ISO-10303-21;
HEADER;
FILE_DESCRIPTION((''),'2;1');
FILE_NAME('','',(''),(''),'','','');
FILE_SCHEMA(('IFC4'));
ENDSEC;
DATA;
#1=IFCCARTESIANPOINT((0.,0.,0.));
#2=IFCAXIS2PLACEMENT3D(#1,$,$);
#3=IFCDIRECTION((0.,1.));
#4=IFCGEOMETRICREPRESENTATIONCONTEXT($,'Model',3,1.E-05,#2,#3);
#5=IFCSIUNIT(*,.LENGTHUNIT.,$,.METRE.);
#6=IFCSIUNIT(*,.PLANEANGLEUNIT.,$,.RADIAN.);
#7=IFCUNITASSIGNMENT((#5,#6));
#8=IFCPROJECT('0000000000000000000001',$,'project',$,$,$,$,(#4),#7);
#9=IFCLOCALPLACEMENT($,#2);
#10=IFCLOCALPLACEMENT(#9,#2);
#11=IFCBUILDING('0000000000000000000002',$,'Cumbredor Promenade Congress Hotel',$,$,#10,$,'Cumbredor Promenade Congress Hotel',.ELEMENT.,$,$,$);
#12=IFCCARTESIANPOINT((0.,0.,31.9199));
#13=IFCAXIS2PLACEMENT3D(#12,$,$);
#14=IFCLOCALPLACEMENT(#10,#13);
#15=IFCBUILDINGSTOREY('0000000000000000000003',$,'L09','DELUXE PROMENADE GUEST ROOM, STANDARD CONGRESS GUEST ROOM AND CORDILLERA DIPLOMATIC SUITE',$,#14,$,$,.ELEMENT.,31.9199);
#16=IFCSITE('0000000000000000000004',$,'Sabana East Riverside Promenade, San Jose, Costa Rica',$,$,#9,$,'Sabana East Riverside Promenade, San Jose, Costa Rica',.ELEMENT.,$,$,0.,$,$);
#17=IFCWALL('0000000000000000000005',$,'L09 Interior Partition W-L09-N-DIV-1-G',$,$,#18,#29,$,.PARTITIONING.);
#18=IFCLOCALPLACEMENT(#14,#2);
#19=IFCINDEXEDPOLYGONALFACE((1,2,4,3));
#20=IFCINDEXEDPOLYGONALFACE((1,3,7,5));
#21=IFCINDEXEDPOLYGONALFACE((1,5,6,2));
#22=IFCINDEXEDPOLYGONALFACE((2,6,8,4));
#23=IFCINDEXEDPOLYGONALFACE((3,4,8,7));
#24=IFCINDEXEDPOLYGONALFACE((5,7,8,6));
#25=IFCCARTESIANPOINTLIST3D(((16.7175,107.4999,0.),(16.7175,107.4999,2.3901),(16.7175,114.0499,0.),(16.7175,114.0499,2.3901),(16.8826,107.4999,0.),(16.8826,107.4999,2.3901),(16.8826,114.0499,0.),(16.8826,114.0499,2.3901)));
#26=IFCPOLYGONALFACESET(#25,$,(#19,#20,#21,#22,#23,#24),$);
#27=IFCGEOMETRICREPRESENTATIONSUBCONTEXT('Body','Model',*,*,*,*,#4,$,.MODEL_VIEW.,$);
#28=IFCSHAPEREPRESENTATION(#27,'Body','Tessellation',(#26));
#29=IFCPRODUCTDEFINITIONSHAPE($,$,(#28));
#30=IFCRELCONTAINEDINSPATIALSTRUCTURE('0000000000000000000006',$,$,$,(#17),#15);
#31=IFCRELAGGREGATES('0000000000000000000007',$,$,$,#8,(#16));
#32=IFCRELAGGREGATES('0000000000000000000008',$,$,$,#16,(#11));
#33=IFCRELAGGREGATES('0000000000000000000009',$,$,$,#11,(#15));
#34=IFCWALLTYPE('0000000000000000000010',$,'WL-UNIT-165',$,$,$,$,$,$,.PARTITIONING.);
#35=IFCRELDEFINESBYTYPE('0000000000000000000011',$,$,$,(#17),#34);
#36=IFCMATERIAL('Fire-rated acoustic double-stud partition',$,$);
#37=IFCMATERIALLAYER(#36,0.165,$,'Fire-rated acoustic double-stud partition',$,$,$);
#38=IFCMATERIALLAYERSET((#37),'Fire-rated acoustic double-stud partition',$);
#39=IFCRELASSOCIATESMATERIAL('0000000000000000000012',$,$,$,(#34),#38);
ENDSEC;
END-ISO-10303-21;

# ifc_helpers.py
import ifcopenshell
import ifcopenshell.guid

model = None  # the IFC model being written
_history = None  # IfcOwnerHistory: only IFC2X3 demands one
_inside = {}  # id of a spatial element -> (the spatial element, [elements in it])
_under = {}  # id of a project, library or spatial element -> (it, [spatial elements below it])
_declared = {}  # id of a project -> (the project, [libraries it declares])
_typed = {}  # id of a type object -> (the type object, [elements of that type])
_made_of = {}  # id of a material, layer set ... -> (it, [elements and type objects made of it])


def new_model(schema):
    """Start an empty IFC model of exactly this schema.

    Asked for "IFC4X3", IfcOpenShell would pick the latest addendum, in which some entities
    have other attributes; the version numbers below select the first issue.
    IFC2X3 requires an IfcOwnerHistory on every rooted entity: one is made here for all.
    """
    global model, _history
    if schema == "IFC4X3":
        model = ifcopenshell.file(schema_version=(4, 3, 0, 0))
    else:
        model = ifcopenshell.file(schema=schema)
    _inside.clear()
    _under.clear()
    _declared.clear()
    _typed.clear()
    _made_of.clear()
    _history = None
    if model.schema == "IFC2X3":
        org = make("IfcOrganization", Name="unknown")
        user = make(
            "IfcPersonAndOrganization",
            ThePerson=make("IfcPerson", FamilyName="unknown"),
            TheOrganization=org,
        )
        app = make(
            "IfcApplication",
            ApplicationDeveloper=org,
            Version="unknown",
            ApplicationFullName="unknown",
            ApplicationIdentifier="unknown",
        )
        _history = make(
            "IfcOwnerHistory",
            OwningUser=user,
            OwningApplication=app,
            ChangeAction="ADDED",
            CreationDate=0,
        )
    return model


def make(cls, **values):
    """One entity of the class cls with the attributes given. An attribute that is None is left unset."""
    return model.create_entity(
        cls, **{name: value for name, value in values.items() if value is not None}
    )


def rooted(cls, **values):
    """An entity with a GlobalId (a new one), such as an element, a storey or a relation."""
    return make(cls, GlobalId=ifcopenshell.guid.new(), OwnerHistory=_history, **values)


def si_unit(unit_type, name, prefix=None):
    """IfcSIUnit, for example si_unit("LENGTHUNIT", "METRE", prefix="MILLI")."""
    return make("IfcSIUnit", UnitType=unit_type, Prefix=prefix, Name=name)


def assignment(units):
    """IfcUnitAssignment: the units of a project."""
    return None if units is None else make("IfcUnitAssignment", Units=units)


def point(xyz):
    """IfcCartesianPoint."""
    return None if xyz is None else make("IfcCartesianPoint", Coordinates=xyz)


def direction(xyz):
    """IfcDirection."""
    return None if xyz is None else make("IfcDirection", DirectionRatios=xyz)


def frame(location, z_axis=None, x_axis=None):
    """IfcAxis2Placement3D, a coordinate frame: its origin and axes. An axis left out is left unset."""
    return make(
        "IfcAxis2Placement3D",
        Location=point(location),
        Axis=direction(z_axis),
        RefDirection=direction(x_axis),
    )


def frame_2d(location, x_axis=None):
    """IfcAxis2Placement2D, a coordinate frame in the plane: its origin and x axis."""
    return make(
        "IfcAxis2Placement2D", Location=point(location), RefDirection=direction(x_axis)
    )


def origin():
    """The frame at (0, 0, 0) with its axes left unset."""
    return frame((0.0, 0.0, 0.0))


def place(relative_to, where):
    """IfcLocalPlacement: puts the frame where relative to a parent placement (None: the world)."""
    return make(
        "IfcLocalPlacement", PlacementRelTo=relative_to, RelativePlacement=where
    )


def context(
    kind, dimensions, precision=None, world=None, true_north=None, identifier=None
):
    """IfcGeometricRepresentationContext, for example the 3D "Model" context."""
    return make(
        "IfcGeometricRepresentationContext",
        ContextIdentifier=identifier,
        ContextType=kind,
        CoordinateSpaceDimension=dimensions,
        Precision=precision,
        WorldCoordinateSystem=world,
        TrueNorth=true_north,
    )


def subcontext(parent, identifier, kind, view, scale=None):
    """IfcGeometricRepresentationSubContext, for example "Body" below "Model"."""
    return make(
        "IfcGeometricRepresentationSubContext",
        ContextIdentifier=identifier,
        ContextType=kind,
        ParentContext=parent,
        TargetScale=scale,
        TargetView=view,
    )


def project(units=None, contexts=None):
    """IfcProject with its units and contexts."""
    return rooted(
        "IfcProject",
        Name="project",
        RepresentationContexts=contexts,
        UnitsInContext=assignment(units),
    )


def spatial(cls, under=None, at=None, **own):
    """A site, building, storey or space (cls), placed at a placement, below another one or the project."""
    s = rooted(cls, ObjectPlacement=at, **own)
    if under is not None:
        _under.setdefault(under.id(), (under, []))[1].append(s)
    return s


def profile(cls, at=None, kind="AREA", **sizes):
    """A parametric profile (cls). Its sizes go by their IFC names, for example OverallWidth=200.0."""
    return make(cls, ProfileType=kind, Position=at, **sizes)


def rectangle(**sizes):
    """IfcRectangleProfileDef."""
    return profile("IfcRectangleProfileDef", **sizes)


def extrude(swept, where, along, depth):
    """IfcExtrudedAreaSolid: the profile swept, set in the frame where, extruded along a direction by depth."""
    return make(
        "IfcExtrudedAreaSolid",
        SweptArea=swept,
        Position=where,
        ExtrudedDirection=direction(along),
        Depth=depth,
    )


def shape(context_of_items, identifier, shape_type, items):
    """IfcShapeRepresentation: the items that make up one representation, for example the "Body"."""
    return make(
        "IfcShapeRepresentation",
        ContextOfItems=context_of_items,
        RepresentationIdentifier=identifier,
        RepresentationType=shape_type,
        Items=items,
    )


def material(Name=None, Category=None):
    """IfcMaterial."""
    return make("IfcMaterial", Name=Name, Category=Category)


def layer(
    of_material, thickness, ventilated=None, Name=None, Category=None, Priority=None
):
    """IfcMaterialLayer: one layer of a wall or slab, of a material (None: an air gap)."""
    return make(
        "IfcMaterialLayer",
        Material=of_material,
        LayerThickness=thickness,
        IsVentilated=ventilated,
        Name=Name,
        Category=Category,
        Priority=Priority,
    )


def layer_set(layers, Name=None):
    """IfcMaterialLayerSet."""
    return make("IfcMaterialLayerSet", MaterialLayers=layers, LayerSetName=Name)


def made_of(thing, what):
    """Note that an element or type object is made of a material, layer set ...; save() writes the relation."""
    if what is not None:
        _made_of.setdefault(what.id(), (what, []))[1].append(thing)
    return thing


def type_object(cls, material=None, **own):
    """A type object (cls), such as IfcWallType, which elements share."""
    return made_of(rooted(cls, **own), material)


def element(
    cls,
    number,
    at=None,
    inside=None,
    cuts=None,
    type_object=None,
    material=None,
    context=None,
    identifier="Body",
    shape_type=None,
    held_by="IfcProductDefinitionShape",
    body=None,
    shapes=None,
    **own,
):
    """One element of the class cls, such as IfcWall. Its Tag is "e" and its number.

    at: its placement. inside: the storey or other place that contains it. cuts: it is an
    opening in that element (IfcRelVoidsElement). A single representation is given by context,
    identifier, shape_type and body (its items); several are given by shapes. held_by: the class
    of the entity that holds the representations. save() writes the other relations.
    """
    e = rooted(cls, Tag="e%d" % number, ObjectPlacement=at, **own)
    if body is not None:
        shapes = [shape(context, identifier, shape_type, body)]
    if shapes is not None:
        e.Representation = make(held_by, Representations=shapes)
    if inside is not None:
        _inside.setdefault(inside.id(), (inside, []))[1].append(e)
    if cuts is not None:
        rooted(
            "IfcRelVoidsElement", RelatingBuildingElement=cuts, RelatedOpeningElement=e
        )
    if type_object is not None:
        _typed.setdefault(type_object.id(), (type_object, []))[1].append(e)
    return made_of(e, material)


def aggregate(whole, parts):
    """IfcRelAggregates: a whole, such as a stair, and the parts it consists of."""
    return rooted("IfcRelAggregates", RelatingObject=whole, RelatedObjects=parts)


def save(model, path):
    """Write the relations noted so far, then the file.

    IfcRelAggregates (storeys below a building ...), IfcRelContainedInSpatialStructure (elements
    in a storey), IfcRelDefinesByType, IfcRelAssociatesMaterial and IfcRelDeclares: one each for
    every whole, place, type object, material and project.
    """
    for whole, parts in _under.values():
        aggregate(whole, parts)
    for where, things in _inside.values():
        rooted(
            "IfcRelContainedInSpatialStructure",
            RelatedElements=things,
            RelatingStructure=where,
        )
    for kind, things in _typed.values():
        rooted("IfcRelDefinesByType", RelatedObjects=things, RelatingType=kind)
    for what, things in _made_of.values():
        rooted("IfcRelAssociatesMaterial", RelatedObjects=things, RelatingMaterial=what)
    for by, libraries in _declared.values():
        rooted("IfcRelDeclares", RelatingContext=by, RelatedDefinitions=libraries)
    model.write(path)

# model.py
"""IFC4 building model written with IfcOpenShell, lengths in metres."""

from ifc_helpers import new_model, si_unit, direction, frame, frame_2d, origin, place, context, subcontext, project, spatial, rectangle, extrude, material, layer, layer_set, type_object, element, save


model = new_model("IFC4")

# Units and contexts
model_context = context("Model", 3, precision=1e-05, world=origin(), true_north=direction((0.0, 1.0)))
body_context = subcontext(model_context, "Body", "Model", "MODEL_VIEW")
ifc_project = project(units=[si_unit("LENGTHUNIT", "METRE"), si_unit("PLANEANGLEUNIT", "RADIAN")], contexts=[model_context])

# Site, building, storey
site_placement = place(None, origin())
site = spatial("IfcSite", under=ifc_project, at=site_placement, Name="Sabana East Riverside Promenade, San Jose, Costa Rica", LongName="Sabana East Riverside Promenade, San Jose, Costa Rica", CompositionType="ELEMENT", RefElevation=0.0)
building_placement = place(site_placement, origin())
building = spatial("IfcBuilding", under=site, at=building_placement, Name="Cumbredor Promenade Congress Hotel", LongName="Cumbredor Promenade Congress Hotel", CompositionType="ELEMENT")
storey_placement = place(building_placement, frame((0.0, 0.0, 31.9199)))
storey = spatial("IfcBuildingStorey", under=building, at=storey_placement, Name="L09", Description="DELUXE PROMENADE GUEST ROOM, STANDARD CONGRESS GUEST ROOM AND CORDILLERA DIPLOMATIC SUITE", CompositionType="ELEMENT", Elevation=31.9199)

# Wall
ifc_material_1 = material(Name="Fire-rated acoustic double-stud partition")
ifc_layer_1 = layer(ifc_material_1, 0.165, Name="Fire-rated acoustic double-stud partition")
ifc_layer_set_1 = layer_set([ifc_layer_1], Name="Fire-rated acoustic double-stud partition")
wall_type_1 = type_object("IfcWallType", Name="WL-UNIT-165", PredefinedType="PARTITIONING", material=ifc_layer_set_1)
wall_1_placement = place(storey_placement, frame((16.8, 107.5, 0.0), z_axis=(0.0, 0.0, 1.0), x_axis=(0.0, 1.0, 0.0)))
element("IfcWall", 1, at=wall_1_placement, inside=storey, type_object=wall_type_1, Name="L09 Interior Partition W-L09-N-DIV-1-G", PredefinedType="PARTITIONING", context=body_context, shape_type="SweptSolid", body=[
    extrude(rectangle(XDim=6.55, YDim=0.165, at=frame_2d((3.2749, 0.0))), origin(), (0.0, 0.0, 1.0), 2.3901),
])

save(model, "model.ifc")
